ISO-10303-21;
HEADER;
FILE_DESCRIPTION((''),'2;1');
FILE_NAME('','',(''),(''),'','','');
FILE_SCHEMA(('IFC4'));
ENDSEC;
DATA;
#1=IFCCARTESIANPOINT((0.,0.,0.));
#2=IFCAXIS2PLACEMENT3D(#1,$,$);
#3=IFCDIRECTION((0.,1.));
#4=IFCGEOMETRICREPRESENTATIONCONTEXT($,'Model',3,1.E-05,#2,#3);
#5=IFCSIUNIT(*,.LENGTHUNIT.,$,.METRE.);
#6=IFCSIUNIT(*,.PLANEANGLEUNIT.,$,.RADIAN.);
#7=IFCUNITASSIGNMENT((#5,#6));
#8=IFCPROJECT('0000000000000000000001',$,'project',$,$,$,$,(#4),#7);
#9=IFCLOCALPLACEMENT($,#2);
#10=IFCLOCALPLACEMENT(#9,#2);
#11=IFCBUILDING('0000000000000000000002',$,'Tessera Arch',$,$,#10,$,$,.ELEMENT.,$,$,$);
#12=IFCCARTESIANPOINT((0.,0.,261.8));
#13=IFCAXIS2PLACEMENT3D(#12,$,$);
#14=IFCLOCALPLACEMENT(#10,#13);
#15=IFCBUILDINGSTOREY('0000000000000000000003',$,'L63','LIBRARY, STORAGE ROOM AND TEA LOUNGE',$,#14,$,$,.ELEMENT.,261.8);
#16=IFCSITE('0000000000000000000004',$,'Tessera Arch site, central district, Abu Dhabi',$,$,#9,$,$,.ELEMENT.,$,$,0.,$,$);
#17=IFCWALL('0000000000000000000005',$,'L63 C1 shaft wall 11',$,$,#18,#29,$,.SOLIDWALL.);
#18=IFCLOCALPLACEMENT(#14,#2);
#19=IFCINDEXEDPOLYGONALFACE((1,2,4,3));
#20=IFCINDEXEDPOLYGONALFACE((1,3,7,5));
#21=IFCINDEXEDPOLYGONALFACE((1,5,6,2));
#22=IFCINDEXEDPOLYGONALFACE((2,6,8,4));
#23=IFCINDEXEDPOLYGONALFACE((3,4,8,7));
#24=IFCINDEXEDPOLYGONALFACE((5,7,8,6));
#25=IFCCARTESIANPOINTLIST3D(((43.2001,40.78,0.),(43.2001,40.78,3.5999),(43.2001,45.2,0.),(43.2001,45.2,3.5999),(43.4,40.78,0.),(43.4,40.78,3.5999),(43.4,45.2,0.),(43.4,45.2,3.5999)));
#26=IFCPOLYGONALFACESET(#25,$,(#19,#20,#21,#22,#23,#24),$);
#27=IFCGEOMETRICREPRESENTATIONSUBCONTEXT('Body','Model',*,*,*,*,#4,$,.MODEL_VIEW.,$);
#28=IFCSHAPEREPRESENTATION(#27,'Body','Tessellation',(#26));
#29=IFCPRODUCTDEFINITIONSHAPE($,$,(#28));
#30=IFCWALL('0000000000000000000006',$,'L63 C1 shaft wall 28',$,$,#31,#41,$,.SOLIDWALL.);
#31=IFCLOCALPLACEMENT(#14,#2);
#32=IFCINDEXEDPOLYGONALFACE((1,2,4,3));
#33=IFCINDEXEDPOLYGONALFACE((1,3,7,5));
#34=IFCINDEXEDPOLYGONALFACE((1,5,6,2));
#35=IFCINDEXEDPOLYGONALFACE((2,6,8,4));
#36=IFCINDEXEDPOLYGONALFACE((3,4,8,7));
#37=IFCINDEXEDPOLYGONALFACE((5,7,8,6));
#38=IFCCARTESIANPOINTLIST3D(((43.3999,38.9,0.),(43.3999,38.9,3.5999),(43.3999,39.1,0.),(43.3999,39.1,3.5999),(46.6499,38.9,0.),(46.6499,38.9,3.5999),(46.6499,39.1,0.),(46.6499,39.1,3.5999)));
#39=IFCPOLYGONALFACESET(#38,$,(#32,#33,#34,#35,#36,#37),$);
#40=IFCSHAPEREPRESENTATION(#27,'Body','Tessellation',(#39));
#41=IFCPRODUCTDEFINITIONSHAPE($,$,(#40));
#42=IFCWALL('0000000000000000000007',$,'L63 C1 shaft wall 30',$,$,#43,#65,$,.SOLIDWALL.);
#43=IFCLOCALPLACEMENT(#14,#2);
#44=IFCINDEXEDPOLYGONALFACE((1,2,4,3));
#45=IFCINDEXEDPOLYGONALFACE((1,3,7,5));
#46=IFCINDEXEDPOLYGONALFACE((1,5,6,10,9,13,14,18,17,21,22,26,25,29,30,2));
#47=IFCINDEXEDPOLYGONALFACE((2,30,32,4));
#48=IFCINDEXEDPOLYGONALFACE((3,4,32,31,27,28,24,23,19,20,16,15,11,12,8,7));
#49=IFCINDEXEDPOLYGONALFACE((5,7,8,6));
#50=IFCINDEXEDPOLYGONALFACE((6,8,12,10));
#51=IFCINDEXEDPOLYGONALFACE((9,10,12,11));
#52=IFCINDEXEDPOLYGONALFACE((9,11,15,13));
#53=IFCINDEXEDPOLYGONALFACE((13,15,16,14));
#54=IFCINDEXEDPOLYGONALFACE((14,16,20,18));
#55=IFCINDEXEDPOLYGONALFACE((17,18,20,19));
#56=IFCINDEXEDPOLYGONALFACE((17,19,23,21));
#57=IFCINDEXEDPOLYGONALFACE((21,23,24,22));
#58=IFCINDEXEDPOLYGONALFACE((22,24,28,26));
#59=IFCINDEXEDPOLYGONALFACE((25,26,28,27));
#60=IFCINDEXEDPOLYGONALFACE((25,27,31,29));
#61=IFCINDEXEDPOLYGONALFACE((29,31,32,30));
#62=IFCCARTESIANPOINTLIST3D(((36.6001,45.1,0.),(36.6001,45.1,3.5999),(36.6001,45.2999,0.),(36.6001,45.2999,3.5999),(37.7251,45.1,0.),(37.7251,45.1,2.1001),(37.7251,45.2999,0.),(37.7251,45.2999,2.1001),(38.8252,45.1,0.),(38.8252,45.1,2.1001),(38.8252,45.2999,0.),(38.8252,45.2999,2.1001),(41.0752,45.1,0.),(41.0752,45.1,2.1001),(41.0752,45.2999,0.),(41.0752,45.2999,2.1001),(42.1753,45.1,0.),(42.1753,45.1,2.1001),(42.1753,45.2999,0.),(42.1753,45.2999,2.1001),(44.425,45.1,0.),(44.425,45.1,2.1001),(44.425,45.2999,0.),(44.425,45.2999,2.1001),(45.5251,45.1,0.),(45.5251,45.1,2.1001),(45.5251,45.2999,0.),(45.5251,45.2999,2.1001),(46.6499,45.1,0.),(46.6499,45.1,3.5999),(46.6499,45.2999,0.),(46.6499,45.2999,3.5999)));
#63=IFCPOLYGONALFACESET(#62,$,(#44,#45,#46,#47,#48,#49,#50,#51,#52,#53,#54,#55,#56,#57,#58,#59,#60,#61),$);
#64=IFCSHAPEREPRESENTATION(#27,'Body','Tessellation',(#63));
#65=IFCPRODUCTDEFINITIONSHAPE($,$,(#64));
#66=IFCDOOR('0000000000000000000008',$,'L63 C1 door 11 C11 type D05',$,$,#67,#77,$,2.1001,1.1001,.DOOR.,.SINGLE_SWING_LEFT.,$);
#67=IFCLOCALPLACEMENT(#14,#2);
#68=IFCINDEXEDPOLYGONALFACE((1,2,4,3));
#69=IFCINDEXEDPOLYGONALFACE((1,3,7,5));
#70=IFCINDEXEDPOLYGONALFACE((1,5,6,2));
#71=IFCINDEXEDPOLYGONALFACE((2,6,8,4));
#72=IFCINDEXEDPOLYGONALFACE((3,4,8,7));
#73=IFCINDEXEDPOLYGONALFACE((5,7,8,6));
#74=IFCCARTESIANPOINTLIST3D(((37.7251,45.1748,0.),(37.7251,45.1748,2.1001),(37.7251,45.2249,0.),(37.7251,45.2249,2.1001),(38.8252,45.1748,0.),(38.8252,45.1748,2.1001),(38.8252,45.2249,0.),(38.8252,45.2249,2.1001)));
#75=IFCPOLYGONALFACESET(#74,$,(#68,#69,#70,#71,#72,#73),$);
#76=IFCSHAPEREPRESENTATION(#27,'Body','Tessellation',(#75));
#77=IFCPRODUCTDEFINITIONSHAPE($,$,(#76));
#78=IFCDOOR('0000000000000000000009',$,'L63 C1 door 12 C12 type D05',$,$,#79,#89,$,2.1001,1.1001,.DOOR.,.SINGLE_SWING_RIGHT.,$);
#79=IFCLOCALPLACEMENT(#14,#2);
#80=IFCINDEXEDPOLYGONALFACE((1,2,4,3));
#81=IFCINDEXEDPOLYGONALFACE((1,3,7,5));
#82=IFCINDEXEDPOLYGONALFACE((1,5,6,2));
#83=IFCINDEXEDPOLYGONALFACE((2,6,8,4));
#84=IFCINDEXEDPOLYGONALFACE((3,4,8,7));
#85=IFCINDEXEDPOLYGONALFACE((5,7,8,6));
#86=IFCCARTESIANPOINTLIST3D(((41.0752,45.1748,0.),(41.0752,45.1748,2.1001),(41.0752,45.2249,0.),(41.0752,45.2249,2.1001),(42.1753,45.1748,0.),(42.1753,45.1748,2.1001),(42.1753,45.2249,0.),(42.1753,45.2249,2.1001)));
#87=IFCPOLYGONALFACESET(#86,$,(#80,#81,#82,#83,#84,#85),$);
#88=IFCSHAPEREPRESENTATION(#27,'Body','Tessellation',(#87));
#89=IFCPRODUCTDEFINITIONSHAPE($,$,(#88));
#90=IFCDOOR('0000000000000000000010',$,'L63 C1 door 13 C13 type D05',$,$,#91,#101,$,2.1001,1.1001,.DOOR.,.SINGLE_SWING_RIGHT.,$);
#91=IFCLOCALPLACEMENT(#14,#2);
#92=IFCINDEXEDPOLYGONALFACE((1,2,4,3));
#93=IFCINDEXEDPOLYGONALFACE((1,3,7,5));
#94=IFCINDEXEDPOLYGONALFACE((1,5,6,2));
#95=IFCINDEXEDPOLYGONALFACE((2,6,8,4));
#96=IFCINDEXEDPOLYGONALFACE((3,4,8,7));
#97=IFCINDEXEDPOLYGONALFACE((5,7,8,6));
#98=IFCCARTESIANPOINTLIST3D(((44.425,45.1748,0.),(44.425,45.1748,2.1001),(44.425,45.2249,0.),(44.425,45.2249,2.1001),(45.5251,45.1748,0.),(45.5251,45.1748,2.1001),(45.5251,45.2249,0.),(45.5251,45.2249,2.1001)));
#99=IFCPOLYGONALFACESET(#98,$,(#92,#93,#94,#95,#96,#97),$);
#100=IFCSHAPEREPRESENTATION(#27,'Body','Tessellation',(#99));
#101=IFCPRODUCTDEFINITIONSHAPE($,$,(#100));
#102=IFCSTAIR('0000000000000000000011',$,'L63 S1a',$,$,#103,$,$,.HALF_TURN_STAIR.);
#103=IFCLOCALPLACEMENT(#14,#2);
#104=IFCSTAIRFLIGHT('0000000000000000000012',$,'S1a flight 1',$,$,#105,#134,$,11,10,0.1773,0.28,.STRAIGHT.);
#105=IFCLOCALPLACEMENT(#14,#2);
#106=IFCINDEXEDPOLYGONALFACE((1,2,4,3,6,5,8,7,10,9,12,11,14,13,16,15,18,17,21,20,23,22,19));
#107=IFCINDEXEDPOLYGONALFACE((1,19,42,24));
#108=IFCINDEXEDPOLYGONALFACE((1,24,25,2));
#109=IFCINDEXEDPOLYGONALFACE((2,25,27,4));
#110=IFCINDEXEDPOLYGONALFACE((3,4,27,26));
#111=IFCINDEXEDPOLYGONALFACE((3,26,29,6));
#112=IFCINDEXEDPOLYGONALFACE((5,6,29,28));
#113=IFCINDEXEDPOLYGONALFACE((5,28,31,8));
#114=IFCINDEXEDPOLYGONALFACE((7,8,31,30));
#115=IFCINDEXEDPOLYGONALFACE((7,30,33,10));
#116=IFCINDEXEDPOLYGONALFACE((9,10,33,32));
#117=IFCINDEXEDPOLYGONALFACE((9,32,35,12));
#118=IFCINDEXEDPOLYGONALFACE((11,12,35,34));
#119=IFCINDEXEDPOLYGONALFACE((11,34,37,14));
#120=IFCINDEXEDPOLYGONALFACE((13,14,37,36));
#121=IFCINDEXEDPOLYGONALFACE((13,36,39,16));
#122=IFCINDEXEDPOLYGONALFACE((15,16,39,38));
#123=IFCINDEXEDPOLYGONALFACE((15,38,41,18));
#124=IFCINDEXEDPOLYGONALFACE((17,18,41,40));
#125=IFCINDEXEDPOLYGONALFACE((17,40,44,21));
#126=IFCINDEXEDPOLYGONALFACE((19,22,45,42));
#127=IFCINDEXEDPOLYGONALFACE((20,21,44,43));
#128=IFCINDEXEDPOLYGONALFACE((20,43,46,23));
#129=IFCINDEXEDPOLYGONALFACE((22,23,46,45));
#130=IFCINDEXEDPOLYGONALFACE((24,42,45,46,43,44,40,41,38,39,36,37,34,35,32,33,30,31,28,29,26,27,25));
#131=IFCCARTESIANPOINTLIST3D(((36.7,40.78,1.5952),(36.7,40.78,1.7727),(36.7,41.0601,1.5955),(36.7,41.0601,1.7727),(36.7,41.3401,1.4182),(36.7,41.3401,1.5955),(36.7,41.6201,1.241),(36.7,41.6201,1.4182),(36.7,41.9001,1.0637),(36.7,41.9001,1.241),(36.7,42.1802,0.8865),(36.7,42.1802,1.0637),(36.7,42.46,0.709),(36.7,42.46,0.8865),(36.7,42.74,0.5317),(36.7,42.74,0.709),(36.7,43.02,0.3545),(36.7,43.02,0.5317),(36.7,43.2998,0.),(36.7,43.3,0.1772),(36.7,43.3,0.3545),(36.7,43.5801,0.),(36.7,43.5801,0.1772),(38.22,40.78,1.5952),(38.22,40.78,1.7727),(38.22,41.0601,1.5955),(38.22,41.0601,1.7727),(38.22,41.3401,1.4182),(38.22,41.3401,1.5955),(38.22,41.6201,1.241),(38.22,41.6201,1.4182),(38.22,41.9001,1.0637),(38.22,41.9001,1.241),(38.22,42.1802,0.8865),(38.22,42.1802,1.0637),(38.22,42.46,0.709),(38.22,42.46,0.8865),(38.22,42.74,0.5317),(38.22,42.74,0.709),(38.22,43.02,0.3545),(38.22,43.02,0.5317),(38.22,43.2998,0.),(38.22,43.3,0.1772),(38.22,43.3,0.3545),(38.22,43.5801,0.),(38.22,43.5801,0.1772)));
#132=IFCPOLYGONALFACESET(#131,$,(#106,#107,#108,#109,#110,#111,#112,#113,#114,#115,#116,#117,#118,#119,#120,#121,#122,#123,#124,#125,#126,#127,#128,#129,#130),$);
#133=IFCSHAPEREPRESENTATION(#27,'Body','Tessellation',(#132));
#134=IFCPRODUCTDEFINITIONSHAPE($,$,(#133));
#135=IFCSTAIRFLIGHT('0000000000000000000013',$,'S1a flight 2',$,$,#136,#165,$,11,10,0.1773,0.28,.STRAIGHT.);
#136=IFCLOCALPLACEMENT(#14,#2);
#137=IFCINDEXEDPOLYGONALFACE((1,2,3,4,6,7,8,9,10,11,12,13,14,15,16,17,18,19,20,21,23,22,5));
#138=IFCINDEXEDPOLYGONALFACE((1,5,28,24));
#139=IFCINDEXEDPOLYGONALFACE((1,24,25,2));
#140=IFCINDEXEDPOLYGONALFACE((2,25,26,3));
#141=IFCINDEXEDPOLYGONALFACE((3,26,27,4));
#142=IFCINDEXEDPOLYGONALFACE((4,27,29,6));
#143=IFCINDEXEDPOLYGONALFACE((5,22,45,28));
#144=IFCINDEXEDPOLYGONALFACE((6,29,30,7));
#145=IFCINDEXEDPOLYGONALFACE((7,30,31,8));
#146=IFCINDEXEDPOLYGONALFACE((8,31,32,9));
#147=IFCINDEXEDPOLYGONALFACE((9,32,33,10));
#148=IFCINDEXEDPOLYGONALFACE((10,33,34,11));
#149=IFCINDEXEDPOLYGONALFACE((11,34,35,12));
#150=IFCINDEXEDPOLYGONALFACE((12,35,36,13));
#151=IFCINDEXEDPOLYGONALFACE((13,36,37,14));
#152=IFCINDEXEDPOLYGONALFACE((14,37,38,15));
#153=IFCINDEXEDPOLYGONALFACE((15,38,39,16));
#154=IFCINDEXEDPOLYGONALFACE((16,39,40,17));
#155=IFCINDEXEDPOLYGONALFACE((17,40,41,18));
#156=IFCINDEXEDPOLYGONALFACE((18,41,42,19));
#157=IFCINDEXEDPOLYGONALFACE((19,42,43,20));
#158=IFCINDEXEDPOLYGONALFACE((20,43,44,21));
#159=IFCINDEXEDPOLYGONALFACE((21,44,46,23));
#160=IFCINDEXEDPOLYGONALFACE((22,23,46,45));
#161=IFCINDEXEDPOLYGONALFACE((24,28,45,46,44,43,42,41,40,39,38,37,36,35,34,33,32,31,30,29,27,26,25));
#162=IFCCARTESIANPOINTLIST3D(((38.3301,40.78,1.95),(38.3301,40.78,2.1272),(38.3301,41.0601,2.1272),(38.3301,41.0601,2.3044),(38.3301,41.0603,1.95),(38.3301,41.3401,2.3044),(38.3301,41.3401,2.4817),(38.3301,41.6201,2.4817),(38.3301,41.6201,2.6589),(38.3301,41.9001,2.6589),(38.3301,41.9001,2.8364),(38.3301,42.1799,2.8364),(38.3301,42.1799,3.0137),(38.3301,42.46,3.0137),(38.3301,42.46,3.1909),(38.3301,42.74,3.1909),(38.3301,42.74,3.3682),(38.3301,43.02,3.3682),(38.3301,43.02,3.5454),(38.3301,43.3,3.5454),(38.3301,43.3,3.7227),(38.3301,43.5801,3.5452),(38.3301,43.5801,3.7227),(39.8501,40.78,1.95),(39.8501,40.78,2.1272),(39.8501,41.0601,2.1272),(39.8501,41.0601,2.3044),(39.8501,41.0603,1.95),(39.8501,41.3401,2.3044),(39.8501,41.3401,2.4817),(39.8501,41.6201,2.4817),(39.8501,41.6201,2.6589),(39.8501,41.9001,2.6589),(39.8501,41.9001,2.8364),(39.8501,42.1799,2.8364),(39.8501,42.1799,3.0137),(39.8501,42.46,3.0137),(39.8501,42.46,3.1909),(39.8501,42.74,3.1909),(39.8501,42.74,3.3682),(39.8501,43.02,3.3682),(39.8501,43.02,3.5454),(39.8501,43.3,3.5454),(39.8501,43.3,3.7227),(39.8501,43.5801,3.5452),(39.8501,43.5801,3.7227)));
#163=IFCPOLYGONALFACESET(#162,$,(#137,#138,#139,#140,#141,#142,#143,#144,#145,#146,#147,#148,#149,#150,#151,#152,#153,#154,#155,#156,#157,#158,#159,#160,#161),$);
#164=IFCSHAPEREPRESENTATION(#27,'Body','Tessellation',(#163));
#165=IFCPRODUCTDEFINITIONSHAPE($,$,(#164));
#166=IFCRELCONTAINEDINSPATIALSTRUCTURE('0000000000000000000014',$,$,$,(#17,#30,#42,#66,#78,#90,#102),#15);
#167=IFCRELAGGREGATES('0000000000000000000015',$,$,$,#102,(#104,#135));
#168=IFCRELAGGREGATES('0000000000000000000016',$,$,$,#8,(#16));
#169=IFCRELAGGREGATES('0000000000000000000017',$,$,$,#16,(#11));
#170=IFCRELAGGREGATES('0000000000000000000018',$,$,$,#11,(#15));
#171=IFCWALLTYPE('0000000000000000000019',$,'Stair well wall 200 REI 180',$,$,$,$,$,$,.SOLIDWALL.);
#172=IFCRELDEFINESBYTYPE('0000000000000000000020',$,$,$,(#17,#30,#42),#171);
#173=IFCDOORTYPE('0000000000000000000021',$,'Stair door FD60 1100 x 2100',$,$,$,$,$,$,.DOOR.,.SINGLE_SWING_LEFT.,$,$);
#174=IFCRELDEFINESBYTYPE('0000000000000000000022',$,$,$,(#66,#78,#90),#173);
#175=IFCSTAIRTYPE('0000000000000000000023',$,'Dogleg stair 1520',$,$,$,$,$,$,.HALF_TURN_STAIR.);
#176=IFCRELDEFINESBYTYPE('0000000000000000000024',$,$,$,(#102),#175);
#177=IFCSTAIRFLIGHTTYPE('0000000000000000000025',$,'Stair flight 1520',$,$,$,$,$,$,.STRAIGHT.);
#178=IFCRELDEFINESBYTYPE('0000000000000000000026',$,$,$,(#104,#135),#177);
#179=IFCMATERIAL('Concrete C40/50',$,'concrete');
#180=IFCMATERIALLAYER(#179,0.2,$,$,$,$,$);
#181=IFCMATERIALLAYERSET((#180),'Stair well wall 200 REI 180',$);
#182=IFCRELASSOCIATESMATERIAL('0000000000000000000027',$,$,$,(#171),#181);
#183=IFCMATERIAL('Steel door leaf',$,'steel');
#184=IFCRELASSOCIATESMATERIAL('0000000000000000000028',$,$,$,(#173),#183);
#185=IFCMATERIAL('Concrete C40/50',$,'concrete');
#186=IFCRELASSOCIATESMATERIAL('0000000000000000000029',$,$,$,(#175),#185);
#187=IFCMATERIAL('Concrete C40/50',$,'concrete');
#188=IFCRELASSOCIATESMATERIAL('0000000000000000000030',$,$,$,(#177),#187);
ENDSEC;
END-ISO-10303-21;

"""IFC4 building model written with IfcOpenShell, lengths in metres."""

from ifc_helpers import new_model, si_unit, direction, frame, frame_2d, origin, place, context, subcontext, project, spatial, polyline, rectangle, outline, extrude, material, layer, layer_set, type_object, element, fill, aggregate, save


model = new_model("IFC4")

# Units and contexts
model_context = context("Model", 3, precision=1e-05, world=origin(), true_north=direction((0.0, 1.0)))
body_context = subcontext(model_context, "Body", "Model", "MODEL_VIEW")
ifc_project = project(units=[si_unit("LENGTHUNIT", "METRE"), si_unit("PLANEANGLEUNIT", "RADIAN")], contexts=[model_context])

# Site, building, storey
site_placement = place(None, origin())
site = spatial("IfcSite", under=ifc_project, at=site_placement, Name="Tessera Arch site, central district, Abu Dhabi", CompositionType="ELEMENT", RefElevation=0.0)
building_placement = place(site_placement, origin())
building = spatial("IfcBuilding", under=site, at=building_placement, Name="Tessera Arch", CompositionType="ELEMENT")
storey_placement = place(building_placement, frame((0.0, 0.0, 261.8)))
storey = spatial("IfcBuildingStorey", under=building, at=storey_placement, Name="L63", Description="LIBRARY, STORAGE ROOM AND TEA LOUNGE", CompositionType="ELEMENT", Elevation=261.8)

# Walls
ifc_material_1 = material(Name="Concrete C40/50", Category="concrete")
ifc_layer_1 = layer(ifc_material_1, 0.2)
ifc_layer_set_1 = layer_set([ifc_layer_1], Name="Stair well wall 200 REI 180")
wall_type_1 = type_object("IfcWallType", Name="Stair well wall 200 REI 180", PredefinedType="SOLIDWALL", material=ifc_layer_set_1)
for number, where, z_axis, x_axis, name in (
    (1, (43.3, 40.78, 0.0), (0.0, 0.0, 1.0), (0.0, 1.0, 0.0), "L63 C1 shaft wall 11"),
):
    element("IfcWall", number, at=place(storey_placement, frame(where, z_axis=z_axis, x_axis=x_axis)), inside=storey, type_object=wall_type_1, Name=name, PredefinedType="SOLIDWALL", context=body_context, shape_type="SweptSolid", body=[
        extrude(rectangle(XDim=4.4199, YDim=0.2, at=frame_2d((2.21, 0.0))), origin(), (0.0, 0.0, 1.0), 3.5999),
    ])
wall_1_placement = place(storey_placement, frame((43.3999, 39.0, 0.0), z_axis=(0.0, 0.0, 1.0), x_axis=(1.0, 0.0, 0.0)))
element("IfcWall", 2, at=wall_1_placement, inside=storey, type_object=wall_type_1, Name="L63 C1 shaft wall 28", PredefinedType="SOLIDWALL", context=body_context, shape_type="SweptSolid", body=[
    extrude(rectangle(XDim=3.25, YDim=0.2, at=frame_2d((1.625, 0.0))), origin(), (0.0, 0.0, 1.0), 3.5999),
])

# Wall, openings, doors
wall_2_placement = place(storey_placement, frame((36.6001, 45.2, 0.0), z_axis=(0.0, 0.0, 1.0), x_axis=(1.0, 0.0, 0.0)))
wall_2 = element("IfcWall", 3, at=wall_2_placement, inside=storey, type_object=wall_type_1, Name="L63 C1 shaft wall 30", PredefinedType="SOLIDWALL", context=body_context, shape_type="SweptSolid", body=[
    extrude(rectangle(XDim=10.0498, YDim=0.2, at=frame_2d((5.0249, 0.0))), origin(), (0.0, 0.0, 1.0), 3.5999),
])
opening_1_placement = place(wall_2_placement, frame((1.125, 0.0, 0.0)))
opening_1 = element("IfcOpeningElement", 4, at=opening_1_placement, cuts=wall_2, PredefinedType="OPENING", context=body_context, shape_type="SweptSolid", body=[
    extrude(rectangle(XDim=1.1001, YDim=2.1001, at=frame_2d((0.55, 1.05))), frame((0.0, 0.1099, 0.0), z_axis=(0.0, -1.0, 0.0), x_axis=(1.0, 0.0, 0.0)), (0.0, 0.0, 1.0), 0.22),
])
opening_2_placement = place(wall_2_placement, frame((4.4751, 0.0, 0.0)))
opening_2 = element("IfcOpeningElement", 5, at=opening_2_placement, cuts=wall_2, PredefinedType="OPENING", context=body_context, shape_type="SweptSolid", body=[
    extrude(rectangle(XDim=1.1001, YDim=2.1001, at=frame_2d((0.55, 1.05))), frame((0.0, 0.1099, 0.0), z_axis=(0.0, -1.0, 0.0), x_axis=(1.0, 0.0, 0.0)), (0.0, 0.0, 1.0), 0.22),
])
opening_3_placement = place(wall_2_placement, frame((7.825, 0.0, 0.0)))
opening_3 = element("IfcOpeningElement", 6, at=opening_3_placement, cuts=wall_2, PredefinedType="OPENING", context=body_context, shape_type="SweptSolid", body=[
    extrude(rectangle(XDim=1.1001, YDim=2.1001, at=frame_2d((0.55, 1.05))), frame((0.0, 0.1099, 0.0), z_axis=(0.0, -1.0, 0.0), x_axis=(1.0, 0.0, 0.0)), (0.0, 0.0, 1.0), 0.22),
])
ifc_material_2 = material(Name="Steel door leaf", Category="steel")
door_type_1 = type_object("IfcDoorType", Name="Stair door FD60 1100 x 2100", OperationType="SINGLE_SWING_LEFT", PredefinedType="DOOR", material=ifc_material_2)
door_1_placement = place(opening_1_placement, origin())
door_1 = element("IfcDoor", 7, at=door_1_placement, inside=storey, type_object=door_type_1, Name="L63 C1 door 11 C11 type D05", OperationType="SINGLE_SWING_LEFT", OverallHeight=2.1001, OverallWidth=1.1001, PredefinedType="DOOR", context=body_context, shape_type="SweptSolid", body=[
    extrude(rectangle(XDim=1.1001, YDim=2.1001, at=frame_2d((0.55, 1.05))), frame((0.0, 0.0249, 0.0), z_axis=(0.0, -1.0, 0.0), x_axis=(1.0, 0.0, 0.0)), (0.0, 0.0, 1.0), 0.05),
])
fill(opening_1, door_1)
door_2_placement = place(opening_2_placement, origin())
door_2 = element("IfcDoor", 8, at=door_2_placement, inside=storey, type_object=door_type_1, Name="L63 C1 door 12 C12 type D05", OperationType="SINGLE_SWING_RIGHT", OverallHeight=2.1001, OverallWidth=1.1001, PredefinedType="DOOR", context=body_context, shape_type="SweptSolid", body=[
    extrude(rectangle(XDim=1.1001, YDim=2.1001, at=frame_2d((0.55, 1.05))), frame((0.0, 0.0249, 0.0), z_axis=(0.0, -1.0, 0.0), x_axis=(1.0, 0.0, 0.0)), (0.0, 0.0, 1.0), 0.05),
])
fill(opening_2, door_2)
door_3_placement = place(opening_3_placement, origin())
door_3 = element("IfcDoor", 9, at=door_3_placement, inside=storey, type_object=door_type_1, Name="L63 C1 door 13 C13 type D05", OperationType="SINGLE_SWING_RIGHT", OverallHeight=2.1001, OverallWidth=1.1001, PredefinedType="DOOR", context=body_context, shape_type="SweptSolid", body=[
    extrude(rectangle(XDim=1.1001, YDim=2.1001, at=frame_2d((0.55, 1.05))), frame((0.0, 0.0249, 0.0), z_axis=(0.0, -1.0, 0.0), x_axis=(1.0, 0.0, 0.0)), (0.0, 0.0, 1.0), 0.05),
])
fill(opening_3, door_3)

# Stair, stair flights
ifc_material_3 = material(Name="Concrete C40/50", Category="concrete")
stair_type = type_object("IfcStairType", Name="Dogleg stair 1520", PredefinedType="HALF_TURN_STAIR", material=ifc_material_3)
stair_1_placement = place(storey_placement, origin())
stair_1 = element("IfcStair", 10, at=stair_1_placement, inside=storey, type_object=stair_type, Name="L63 S1a", PredefinedType="HALF_TURN_STAIR")
ifc_material_4 = material(Name="Concrete C40/50", Category="concrete")
stair_flight_type = type_object("IfcStairFlightType", Name="Stair flight 1520", PredefinedType="STRAIGHT", material=ifc_material_4)
stair_flight_1_placement = place(storey_placement, frame((37.46, 43.5801, 0.0), z_axis=(0.0, 0.0, 1.0), x_axis=(0.0, -1.0, 0.0)))
stair_flight_1 = element("IfcStairFlight", 11, at=stair_flight_1_placement, type_object=stair_flight_type, Name="S1a flight 1", NumberOfRisers=11, NumberOfTreads=10, PredefinedType="STRAIGHT", RiserHeight=0.1773, TreadLength=0.28, context=body_context, shape_type="SweptSolid", body=[
    extrude(outline(polyline([(0.0, 0.0), (0.0, 0.1772), (0.28, 0.1772), (0.28, 0.3545), (0.5601, 0.3545), (0.5601, 0.5317), (0.8401, 0.5317), (0.8401, 0.709), (1.1201, 0.709), (1.1201, 0.8865), (1.3999, 0.8865), (1.3999, 1.0637), (1.6799, 1.0637), (1.6799, 1.241), (1.96, 1.241), (1.96, 1.4182), (2.24, 1.4182), (2.24, 1.5955), (2.52, 1.5955), (2.52, 1.7727), (2.8, 1.7727), (2.8, 1.95), (2.8, 1.5952), (0.2803, 0.0), (0.0, 0.0)])), frame((0.0, 0.76, 0.0), z_axis=(0.0, -1.0, 0.0), x_axis=(1.0, 0.0, 0.0)), (0.0, 0.0, 1.0), 1.52),
])
stair_flight_2_placement = place(storey_placement, frame((39.0901, 40.78, 1.95), z_axis=(0.0, 0.0, 1.0), x_axis=(0.0, 1.0, 0.0)))
stair_flight_2 = element("IfcStairFlight", 12, at=stair_flight_2_placement, type_object=stair_flight_type, Name="S1a flight 2", NumberOfRisers=11, NumberOfTreads=10, PredefinedType="STRAIGHT", RiserHeight=0.1773, TreadLength=0.28, context=body_context, shape_type="SweptSolid", body=[
    extrude(outline(polyline([(0.0, 0.0), (0.0, 0.1772), (0.28, 0.1772), (0.28, 0.3545), (0.5601, 0.3545), (0.5601, 0.5317), (0.8401, 0.5317), (0.8401, 0.709), (1.1201, 0.709), (1.1201, 0.8865), (1.3999, 0.8865), (1.3999, 1.0637), (1.6799, 1.0637), (1.6799, 1.241), (1.96, 1.241), (1.96, 1.4182), (2.24, 1.4182), (2.24, 1.5955), (2.52, 1.5955), (2.52, 1.7727), (2.8, 1.7727), (2.8, 1.95), (2.8, 1.5952), (0.2803, 0.0), (0.0, 0.0)])), frame((0.0, 0.76, 0.0), z_axis=(0.0, -1.0, 0.0), x_axis=(1.0, 0.0, 0.0)), (0.0, 0.0, 1.0), 1.52),
])
aggregate(stair_1, [stair_flight_1, stair_flight_2])

save(model, "model.ifc")
